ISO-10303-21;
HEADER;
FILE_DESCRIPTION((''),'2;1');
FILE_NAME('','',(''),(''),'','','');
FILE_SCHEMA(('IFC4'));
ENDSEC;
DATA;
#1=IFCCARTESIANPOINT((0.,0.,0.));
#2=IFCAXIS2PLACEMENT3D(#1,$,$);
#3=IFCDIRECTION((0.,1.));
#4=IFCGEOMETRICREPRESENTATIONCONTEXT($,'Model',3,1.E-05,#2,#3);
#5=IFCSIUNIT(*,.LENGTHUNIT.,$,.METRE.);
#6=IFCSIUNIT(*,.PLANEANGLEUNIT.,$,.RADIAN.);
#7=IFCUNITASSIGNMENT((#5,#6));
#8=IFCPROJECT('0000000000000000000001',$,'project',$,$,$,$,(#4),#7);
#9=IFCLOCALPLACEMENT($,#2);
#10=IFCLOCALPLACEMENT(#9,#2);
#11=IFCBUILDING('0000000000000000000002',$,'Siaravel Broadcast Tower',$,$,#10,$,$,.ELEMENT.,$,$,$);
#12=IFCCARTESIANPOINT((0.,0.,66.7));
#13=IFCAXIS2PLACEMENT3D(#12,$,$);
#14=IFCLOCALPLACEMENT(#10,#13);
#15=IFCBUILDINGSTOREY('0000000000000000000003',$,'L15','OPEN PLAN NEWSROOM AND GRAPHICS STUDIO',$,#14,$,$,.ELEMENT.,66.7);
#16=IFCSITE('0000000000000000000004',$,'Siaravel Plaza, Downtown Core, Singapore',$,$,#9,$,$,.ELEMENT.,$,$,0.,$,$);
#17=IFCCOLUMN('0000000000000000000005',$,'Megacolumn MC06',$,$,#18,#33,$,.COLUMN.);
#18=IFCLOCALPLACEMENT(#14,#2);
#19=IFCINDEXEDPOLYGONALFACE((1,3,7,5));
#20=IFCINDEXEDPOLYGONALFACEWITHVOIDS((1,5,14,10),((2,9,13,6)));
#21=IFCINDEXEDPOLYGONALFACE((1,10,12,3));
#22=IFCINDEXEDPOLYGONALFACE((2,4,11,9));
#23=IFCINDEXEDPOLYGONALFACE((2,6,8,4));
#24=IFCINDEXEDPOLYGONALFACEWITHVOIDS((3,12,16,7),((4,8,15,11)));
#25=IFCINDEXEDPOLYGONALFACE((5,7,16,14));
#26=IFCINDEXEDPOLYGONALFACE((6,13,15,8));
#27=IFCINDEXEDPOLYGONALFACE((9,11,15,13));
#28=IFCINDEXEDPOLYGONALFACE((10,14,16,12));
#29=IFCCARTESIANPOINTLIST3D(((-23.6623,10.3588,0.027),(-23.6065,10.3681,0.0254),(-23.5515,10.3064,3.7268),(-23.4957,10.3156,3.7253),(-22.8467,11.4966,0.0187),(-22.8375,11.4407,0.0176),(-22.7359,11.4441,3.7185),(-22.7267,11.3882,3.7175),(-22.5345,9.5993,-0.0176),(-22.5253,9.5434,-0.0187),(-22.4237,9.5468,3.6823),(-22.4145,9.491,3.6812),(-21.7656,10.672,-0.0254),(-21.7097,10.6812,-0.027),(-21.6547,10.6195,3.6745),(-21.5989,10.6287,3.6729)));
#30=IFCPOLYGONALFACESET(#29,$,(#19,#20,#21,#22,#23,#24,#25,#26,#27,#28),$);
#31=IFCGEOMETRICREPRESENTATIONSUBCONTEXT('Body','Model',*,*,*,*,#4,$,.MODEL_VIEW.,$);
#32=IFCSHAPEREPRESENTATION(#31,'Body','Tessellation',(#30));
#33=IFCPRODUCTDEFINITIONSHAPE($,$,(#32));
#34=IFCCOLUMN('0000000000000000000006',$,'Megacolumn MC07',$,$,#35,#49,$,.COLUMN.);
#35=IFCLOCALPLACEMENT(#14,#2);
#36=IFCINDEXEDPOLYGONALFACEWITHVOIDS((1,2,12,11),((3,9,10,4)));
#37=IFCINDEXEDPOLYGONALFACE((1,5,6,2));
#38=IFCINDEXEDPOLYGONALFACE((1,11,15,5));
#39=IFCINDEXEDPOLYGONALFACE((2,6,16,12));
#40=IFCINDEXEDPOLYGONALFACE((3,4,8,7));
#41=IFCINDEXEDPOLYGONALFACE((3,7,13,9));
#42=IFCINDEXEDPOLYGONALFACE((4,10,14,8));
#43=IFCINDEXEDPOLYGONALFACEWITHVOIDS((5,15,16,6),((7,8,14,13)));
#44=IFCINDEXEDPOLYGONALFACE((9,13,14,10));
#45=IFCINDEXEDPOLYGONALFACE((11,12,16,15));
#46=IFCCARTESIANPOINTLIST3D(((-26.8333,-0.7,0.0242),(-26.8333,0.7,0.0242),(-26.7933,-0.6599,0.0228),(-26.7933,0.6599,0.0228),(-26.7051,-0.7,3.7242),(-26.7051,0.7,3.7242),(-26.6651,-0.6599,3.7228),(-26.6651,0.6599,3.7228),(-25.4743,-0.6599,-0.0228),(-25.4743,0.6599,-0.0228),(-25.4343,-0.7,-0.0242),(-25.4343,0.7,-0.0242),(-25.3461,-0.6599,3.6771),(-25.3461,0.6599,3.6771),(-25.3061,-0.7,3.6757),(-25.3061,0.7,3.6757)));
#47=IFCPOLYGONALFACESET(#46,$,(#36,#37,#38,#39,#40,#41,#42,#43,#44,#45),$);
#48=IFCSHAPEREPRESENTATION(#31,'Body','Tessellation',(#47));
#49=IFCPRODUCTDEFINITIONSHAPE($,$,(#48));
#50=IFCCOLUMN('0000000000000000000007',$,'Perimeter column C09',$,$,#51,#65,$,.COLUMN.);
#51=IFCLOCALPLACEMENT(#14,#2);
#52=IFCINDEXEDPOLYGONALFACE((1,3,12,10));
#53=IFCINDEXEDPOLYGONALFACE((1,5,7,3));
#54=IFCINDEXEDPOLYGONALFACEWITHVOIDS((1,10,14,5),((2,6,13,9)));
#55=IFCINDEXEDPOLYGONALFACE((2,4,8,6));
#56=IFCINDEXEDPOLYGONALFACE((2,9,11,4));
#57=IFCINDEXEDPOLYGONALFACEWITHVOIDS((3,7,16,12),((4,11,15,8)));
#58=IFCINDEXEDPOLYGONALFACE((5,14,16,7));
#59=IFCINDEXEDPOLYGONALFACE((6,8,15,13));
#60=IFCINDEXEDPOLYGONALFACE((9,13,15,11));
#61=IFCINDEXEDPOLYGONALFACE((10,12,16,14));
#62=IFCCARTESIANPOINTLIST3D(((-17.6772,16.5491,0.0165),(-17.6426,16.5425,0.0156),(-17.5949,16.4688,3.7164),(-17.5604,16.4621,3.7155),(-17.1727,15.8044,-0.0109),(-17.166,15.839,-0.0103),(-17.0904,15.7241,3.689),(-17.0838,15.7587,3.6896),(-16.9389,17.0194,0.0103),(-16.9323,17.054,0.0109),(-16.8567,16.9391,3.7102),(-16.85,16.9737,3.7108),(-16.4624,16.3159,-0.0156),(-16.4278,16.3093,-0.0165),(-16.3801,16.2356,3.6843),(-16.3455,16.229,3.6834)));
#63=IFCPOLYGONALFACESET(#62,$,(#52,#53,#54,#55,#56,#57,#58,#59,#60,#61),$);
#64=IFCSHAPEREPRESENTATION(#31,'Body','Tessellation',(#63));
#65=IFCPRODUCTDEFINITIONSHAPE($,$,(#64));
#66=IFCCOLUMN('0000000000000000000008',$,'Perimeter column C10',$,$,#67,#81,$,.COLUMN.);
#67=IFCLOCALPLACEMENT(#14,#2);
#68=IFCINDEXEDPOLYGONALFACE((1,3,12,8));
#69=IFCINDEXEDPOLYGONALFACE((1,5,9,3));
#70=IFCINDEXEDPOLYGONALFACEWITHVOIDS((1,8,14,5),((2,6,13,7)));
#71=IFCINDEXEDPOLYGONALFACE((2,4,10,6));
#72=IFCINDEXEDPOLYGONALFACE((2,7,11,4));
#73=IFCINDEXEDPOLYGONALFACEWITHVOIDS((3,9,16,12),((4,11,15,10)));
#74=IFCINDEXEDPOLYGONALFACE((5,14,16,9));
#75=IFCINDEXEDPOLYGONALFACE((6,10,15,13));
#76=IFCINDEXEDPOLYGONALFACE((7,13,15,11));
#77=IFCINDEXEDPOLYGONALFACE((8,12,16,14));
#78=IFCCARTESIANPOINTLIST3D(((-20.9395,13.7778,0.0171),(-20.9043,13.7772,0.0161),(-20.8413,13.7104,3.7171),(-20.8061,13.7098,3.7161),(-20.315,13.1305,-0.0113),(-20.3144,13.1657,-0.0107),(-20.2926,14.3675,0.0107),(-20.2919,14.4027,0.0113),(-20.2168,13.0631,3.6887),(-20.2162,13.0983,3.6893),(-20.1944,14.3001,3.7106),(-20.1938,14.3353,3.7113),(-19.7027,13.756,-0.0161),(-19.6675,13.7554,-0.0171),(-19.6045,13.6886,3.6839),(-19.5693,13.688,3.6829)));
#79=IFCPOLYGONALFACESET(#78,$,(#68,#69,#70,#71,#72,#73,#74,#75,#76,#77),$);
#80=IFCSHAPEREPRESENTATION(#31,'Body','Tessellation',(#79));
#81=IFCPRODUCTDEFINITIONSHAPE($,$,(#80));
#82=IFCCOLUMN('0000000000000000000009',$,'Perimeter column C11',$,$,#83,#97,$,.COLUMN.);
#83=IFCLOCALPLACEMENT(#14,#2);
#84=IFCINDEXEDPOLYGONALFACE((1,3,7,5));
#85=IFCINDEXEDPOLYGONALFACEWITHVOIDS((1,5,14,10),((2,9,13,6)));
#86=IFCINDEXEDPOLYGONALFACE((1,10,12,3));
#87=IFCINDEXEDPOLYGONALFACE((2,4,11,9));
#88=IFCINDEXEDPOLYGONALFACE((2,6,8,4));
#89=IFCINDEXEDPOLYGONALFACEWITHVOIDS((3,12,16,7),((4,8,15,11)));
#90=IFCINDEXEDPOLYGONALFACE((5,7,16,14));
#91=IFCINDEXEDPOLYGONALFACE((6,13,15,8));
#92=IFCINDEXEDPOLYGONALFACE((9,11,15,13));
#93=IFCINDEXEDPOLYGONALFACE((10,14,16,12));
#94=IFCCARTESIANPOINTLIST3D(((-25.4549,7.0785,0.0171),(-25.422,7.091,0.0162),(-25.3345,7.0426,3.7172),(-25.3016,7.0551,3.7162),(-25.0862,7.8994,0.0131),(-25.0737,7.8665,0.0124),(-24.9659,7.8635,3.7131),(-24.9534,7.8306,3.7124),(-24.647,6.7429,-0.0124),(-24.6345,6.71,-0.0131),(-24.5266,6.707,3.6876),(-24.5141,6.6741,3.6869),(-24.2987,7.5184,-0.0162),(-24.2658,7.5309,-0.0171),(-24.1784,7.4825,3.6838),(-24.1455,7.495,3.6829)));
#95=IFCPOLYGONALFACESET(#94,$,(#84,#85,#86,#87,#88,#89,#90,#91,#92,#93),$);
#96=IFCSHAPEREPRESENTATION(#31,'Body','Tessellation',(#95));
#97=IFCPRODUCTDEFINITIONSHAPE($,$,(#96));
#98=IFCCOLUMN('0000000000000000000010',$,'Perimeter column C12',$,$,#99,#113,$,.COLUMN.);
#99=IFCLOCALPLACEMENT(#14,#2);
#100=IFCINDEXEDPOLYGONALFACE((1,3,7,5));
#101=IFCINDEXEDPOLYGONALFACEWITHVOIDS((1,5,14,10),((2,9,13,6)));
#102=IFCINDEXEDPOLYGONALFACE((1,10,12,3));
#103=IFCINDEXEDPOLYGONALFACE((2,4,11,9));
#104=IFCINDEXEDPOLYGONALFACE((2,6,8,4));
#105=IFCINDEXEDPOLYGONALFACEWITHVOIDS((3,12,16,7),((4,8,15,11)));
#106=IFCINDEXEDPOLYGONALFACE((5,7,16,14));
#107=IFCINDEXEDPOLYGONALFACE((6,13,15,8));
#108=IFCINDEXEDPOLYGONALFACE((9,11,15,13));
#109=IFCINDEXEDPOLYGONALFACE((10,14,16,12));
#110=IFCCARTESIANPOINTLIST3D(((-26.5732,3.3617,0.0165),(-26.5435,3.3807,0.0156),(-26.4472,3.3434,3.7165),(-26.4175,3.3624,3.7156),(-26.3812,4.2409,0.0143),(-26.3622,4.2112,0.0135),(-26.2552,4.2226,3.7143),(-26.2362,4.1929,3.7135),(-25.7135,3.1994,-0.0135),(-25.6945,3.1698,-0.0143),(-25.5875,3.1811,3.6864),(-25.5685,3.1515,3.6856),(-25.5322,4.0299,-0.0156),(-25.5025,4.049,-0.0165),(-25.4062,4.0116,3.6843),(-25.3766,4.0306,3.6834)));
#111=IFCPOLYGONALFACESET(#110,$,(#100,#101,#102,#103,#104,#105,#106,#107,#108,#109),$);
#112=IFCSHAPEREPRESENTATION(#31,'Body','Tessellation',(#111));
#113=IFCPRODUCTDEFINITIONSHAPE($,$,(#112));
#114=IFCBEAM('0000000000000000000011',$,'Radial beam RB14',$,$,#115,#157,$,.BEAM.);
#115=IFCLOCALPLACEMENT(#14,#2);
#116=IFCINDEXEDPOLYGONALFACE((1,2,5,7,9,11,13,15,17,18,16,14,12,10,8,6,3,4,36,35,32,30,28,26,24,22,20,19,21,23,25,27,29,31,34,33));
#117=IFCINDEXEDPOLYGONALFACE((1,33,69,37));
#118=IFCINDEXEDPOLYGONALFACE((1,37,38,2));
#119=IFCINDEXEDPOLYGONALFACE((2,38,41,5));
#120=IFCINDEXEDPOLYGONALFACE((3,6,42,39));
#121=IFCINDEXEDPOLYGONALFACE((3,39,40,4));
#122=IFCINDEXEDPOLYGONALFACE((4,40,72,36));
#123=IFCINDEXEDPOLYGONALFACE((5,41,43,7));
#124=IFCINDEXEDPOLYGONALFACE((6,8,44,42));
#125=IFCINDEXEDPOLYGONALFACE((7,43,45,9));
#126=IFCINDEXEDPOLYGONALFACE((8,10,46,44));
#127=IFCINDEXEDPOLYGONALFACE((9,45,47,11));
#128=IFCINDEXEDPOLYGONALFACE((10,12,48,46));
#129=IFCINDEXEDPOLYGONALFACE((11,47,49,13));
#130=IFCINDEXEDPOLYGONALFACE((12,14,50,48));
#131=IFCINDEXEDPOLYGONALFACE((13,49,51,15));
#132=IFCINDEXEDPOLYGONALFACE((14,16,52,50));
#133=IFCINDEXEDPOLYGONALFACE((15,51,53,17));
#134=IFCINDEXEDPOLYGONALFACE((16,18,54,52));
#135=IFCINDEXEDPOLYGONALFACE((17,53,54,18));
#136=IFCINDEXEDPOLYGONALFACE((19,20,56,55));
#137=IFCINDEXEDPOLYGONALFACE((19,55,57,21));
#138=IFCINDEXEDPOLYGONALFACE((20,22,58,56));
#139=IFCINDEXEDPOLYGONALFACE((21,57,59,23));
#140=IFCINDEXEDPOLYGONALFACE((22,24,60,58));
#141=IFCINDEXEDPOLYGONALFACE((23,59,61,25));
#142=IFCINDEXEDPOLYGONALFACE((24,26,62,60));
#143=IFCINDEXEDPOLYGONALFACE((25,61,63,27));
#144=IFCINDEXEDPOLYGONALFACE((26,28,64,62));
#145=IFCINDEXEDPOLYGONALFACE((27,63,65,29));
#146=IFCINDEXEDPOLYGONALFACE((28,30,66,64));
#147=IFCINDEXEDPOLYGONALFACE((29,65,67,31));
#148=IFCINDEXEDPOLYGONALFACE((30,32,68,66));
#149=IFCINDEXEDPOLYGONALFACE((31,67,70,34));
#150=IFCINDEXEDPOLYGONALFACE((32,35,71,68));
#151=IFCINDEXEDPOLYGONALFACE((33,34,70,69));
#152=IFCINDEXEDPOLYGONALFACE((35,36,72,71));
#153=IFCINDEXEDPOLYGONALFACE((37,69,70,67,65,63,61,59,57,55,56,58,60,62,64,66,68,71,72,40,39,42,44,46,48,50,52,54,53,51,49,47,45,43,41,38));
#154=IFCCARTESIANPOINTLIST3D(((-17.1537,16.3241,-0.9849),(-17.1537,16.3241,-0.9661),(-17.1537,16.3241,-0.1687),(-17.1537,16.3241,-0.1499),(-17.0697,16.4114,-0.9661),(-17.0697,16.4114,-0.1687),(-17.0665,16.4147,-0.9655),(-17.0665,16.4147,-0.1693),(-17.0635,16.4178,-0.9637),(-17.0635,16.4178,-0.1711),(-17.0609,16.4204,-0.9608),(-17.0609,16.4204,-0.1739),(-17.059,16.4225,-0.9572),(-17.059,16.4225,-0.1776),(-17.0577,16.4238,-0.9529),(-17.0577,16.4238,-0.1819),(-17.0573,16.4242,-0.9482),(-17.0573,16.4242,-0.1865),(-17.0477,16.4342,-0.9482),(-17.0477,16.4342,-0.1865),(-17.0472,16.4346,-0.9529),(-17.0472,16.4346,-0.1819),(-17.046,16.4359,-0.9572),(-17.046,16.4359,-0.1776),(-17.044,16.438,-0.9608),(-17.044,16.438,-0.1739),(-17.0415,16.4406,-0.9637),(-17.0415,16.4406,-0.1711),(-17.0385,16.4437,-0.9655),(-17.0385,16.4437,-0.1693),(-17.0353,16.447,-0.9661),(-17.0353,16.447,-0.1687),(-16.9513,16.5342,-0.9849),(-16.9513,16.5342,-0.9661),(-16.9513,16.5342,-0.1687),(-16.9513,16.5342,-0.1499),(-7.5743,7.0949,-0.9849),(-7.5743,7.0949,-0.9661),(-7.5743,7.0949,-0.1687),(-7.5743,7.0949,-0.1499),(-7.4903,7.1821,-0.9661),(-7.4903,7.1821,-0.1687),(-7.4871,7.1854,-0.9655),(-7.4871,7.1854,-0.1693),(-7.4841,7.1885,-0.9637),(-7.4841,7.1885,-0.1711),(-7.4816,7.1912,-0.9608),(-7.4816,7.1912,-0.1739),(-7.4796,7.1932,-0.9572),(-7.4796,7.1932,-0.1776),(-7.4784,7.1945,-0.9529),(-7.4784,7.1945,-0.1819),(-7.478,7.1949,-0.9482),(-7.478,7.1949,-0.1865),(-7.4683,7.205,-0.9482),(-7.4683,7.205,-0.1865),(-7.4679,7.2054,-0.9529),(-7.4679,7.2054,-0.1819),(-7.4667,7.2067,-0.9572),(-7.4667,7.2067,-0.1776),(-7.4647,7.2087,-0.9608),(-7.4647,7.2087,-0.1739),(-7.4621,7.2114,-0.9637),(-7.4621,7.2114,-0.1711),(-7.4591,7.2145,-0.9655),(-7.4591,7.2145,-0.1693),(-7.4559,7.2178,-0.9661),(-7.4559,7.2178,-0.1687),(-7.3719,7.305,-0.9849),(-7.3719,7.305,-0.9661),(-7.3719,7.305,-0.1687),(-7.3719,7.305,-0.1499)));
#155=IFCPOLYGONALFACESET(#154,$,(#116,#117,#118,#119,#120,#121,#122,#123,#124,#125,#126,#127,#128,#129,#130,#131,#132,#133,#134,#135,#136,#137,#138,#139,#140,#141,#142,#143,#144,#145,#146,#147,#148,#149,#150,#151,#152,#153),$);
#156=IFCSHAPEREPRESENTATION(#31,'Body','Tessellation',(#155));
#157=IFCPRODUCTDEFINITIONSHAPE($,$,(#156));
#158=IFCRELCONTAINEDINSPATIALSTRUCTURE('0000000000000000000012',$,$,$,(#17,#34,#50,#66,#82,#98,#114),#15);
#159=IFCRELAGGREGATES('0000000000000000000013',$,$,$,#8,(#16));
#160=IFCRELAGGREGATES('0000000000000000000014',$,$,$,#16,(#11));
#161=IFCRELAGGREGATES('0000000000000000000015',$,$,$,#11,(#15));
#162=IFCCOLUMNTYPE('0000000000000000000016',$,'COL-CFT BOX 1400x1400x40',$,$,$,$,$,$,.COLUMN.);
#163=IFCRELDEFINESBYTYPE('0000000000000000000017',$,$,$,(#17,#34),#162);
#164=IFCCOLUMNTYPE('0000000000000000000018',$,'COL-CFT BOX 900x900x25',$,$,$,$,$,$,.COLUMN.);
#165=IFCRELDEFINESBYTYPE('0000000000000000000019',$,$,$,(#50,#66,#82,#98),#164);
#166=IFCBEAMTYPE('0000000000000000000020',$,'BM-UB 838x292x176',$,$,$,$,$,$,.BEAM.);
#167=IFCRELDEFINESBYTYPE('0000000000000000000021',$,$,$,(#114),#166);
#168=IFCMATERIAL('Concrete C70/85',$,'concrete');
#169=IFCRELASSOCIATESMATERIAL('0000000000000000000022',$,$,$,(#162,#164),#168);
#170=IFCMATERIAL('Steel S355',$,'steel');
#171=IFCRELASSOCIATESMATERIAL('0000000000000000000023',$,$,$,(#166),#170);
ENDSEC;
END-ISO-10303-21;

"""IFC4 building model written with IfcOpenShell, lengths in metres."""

from ifc_helpers import new_model, si_unit, direction, frame, origin, origin_2d, place, context, subcontext, project, spatial, hollow_rectangle, i_section, extrude, material, material_profile, profile_set, type_object, element, save


model = new_model("IFC4")

# Units and contexts
model_context = context("Model", 3, precision=1e-05, world=origin(), true_north=direction((0.0, 1.0)))
body_context = subcontext(model_context, "Body", "Model", "MODEL_VIEW")
ifc_project = project(units=[si_unit("LENGTHUNIT", "METRE"), si_unit("PLANEANGLEUNIT", "RADIAN")], contexts=[model_context])

# Site, building, storey
site_placement = place(None, origin())
site = spatial("IfcSite", under=ifc_project, at=site_placement, Name="Siaravel Plaza, Downtown Core, Singapore", CompositionType="ELEMENT", RefElevation=0.0)
building_placement = place(site_placement, origin())
building = spatial("IfcBuilding", under=site, at=building_placement, Name="Siaravel Broadcast Tower", CompositionType="ELEMENT")
storey_placement = place(building_placement, frame((0.0, 0.0, 66.7)))
storey = spatial("IfcBuildingStorey", under=building, at=storey_placement, Name="L15", Description="OPEN PLAN NEWSROOM AND GRAPHICS STUDIO", CompositionType="ELEMENT", Elevation=66.7)

# Columns
ifc_material_1 = material(Name="Concrete C70/85", Category="concrete")
ifc_material_profile_1 = material_profile(ifc_material_1, hollow_rectangle(XDim=1.3999, YDim=1.3999, WallThickness=0.04, at=origin_2d()))
ifc_profile_set_1 = profile_set([ifc_material_profile_1], Name="Concrete C70/85")
column_type_1 = type_object("IfcColumnType", Name="COL-CFT BOX 1400x1400x40", PredefinedType="COLUMN", material=ifc_profile_set_1)
column_1_placement = place(storey_placement, frame((-22.686, 10.52, 0.0), z_axis=(0.029941, -0.014179, 0.999451), x_axis=(0.582612, 0.812729, -0.005923)))
element("IfcColumn", 1, at=column_1_placement, inside=storey, type_object=column_type_1, Name="Megacolumn MC06", PredefinedType="COLUMN", context=body_context, shape_type="SweptSolid", body=[
    extrude(hollow_rectangle(XDim=1.3999, YDim=1.3999, WallThickness=0.04, at=origin_2d()), origin(), (0.0, 0.0, 1.0), 3.7019),
])
column_2_placement = place(storey_placement, frame((-26.1338, 0.0, 0.0), z_axis=(0.034621, 0.0, 0.999401), x_axis=(0.0, 1.0, 0.0)))
element("IfcColumn", 2, at=column_2_placement, inside=storey, type_object=column_type_1, Name="Megacolumn MC07", PredefinedType="COLUMN", context=body_context, shape_type="SweptSolid", body=[
    extrude(hollow_rectangle(XDim=1.3999, YDim=1.3999, WallThickness=0.04, at=origin_2d()), origin(), (0.0, 0.0, 1.0), 3.7021),
])
ifc_material_profile_2 = material_profile(ifc_material_1, hollow_rectangle(XDim=0.8999, YDim=0.8999, WallThickness=0.0249, at=origin_2d()))
ifc_profile_set_2 = profile_set([ifc_material_profile_2], Name="Concrete C70/85")
column_type_2 = type_object("IfcColumnType", Name="COL-CFT BOX 900x900x25", PredefinedType="COLUMN", material=ifc_profile_set_2)
column_3_placement = place(storey_placement, frame((-17.0525, 16.4292, 0.0), z_axis=(0.022226, -0.021699, 0.999517), x_axis=(0.827764, 0.561042, -0.006227)))
element("IfcColumn", 3, at=column_3_placement, inside=storey, type_object=column_type_2, Name="Perimeter column C09", PredefinedType="COLUMN", context=body_context, shape_type="SweptSolid", body=[
    extrude(hollow_rectangle(XDim=0.8999, YDim=0.8999, WallThickness=0.0249, at=origin_2d()), origin(), (0.0, 0.0, 1.0), 3.7017),
])
column_4_placement = place(storey_placement, frame((-20.3035, 13.7666, 0.0), z_axis=(0.026512, -0.018202, 0.999483), x_axis=(0.719548, 0.694413, -0.00644)))
element("IfcColumn", 4, at=column_4_placement, inside=storey, type_object=column_type_2, Name="Perimeter column C10", PredefinedType="COLUMN", context=body_context, shape_type="SweptSolid", body=[
    extrude(hollow_rectangle(XDim=0.8999, YDim=0.8999, WallThickness=0.0249, at=origin_2d()), origin(), (0.0, 0.0, 1.0), 3.7019),
])
for number, where, z_axis, x_axis, name in (
    (5, (-24.8604, 7.3047, 0.0), (0.032512, -0.009694, 0.999424), (0.409631, 0.91224, -0.004477), "Perimeter column C11"),
    (6, (-26.0378, 3.7053, 0.0), (0.034028, -0.004946, 0.999409), (0.213312, 0.976981, -0.002428), "Perimeter column C12"),
):
    element("IfcColumn", number, at=place(storey_placement, frame(where, z_axis=z_axis, x_axis=x_axis)), inside=storey, type_object=column_type_2, Name=name, PredefinedType="COLUMN", context=body_context, shape_type="SweptSolid", body=[
        extrude(hollow_rectangle(XDim=0.8999, YDim=0.8999, WallThickness=0.0249, at=origin_2d()), origin(), (0.0, 0.0, 1.0), 3.7021),
    ])

# Beam
ifc_material_2 = material(Name="Steel S355", Category="steel")
ifc_material_profile_3 = material_profile(ifc_material_2, i_section(OverallWidth=0.2917, OverallDepth=0.835, WebThickness=0.0139, FlangeThickness=0.0188, FilletRadius=0.0178, at=origin_2d()))
ifc_profile_set_3 = profile_set([ifc_material_profile_3], Name="Steel S355")
beam_type = type_object("IfcBeamType", Name="BM-UB 838x292x176", PredefinedType="BEAM", material=ifc_profile_set_3)
beam_1_placement = place(storey_placement, frame((-17.0525, 16.4292, -0.5674), z_axis=(0.720144, -0.693825, 0.0), x_axis=(0.693825, 0.720144, 0.0)))
element("IfcBeam", 7, at=beam_1_placement, inside=storey, type_object=beam_type, Name="Radial beam RB14", PredefinedType="BEAM", context=body_context, shape_type="SweptSolid", body=[
    extrude(i_section(OverallWidth=0.2917, OverallDepth=0.835, WebThickness=0.0139, FlangeThickness=0.0188, FilletRadius=0.0178, at=origin_2d()), origin(), (0.0, 0.0, 1.0), 13.302),
])

save(model, "model.ifc")
